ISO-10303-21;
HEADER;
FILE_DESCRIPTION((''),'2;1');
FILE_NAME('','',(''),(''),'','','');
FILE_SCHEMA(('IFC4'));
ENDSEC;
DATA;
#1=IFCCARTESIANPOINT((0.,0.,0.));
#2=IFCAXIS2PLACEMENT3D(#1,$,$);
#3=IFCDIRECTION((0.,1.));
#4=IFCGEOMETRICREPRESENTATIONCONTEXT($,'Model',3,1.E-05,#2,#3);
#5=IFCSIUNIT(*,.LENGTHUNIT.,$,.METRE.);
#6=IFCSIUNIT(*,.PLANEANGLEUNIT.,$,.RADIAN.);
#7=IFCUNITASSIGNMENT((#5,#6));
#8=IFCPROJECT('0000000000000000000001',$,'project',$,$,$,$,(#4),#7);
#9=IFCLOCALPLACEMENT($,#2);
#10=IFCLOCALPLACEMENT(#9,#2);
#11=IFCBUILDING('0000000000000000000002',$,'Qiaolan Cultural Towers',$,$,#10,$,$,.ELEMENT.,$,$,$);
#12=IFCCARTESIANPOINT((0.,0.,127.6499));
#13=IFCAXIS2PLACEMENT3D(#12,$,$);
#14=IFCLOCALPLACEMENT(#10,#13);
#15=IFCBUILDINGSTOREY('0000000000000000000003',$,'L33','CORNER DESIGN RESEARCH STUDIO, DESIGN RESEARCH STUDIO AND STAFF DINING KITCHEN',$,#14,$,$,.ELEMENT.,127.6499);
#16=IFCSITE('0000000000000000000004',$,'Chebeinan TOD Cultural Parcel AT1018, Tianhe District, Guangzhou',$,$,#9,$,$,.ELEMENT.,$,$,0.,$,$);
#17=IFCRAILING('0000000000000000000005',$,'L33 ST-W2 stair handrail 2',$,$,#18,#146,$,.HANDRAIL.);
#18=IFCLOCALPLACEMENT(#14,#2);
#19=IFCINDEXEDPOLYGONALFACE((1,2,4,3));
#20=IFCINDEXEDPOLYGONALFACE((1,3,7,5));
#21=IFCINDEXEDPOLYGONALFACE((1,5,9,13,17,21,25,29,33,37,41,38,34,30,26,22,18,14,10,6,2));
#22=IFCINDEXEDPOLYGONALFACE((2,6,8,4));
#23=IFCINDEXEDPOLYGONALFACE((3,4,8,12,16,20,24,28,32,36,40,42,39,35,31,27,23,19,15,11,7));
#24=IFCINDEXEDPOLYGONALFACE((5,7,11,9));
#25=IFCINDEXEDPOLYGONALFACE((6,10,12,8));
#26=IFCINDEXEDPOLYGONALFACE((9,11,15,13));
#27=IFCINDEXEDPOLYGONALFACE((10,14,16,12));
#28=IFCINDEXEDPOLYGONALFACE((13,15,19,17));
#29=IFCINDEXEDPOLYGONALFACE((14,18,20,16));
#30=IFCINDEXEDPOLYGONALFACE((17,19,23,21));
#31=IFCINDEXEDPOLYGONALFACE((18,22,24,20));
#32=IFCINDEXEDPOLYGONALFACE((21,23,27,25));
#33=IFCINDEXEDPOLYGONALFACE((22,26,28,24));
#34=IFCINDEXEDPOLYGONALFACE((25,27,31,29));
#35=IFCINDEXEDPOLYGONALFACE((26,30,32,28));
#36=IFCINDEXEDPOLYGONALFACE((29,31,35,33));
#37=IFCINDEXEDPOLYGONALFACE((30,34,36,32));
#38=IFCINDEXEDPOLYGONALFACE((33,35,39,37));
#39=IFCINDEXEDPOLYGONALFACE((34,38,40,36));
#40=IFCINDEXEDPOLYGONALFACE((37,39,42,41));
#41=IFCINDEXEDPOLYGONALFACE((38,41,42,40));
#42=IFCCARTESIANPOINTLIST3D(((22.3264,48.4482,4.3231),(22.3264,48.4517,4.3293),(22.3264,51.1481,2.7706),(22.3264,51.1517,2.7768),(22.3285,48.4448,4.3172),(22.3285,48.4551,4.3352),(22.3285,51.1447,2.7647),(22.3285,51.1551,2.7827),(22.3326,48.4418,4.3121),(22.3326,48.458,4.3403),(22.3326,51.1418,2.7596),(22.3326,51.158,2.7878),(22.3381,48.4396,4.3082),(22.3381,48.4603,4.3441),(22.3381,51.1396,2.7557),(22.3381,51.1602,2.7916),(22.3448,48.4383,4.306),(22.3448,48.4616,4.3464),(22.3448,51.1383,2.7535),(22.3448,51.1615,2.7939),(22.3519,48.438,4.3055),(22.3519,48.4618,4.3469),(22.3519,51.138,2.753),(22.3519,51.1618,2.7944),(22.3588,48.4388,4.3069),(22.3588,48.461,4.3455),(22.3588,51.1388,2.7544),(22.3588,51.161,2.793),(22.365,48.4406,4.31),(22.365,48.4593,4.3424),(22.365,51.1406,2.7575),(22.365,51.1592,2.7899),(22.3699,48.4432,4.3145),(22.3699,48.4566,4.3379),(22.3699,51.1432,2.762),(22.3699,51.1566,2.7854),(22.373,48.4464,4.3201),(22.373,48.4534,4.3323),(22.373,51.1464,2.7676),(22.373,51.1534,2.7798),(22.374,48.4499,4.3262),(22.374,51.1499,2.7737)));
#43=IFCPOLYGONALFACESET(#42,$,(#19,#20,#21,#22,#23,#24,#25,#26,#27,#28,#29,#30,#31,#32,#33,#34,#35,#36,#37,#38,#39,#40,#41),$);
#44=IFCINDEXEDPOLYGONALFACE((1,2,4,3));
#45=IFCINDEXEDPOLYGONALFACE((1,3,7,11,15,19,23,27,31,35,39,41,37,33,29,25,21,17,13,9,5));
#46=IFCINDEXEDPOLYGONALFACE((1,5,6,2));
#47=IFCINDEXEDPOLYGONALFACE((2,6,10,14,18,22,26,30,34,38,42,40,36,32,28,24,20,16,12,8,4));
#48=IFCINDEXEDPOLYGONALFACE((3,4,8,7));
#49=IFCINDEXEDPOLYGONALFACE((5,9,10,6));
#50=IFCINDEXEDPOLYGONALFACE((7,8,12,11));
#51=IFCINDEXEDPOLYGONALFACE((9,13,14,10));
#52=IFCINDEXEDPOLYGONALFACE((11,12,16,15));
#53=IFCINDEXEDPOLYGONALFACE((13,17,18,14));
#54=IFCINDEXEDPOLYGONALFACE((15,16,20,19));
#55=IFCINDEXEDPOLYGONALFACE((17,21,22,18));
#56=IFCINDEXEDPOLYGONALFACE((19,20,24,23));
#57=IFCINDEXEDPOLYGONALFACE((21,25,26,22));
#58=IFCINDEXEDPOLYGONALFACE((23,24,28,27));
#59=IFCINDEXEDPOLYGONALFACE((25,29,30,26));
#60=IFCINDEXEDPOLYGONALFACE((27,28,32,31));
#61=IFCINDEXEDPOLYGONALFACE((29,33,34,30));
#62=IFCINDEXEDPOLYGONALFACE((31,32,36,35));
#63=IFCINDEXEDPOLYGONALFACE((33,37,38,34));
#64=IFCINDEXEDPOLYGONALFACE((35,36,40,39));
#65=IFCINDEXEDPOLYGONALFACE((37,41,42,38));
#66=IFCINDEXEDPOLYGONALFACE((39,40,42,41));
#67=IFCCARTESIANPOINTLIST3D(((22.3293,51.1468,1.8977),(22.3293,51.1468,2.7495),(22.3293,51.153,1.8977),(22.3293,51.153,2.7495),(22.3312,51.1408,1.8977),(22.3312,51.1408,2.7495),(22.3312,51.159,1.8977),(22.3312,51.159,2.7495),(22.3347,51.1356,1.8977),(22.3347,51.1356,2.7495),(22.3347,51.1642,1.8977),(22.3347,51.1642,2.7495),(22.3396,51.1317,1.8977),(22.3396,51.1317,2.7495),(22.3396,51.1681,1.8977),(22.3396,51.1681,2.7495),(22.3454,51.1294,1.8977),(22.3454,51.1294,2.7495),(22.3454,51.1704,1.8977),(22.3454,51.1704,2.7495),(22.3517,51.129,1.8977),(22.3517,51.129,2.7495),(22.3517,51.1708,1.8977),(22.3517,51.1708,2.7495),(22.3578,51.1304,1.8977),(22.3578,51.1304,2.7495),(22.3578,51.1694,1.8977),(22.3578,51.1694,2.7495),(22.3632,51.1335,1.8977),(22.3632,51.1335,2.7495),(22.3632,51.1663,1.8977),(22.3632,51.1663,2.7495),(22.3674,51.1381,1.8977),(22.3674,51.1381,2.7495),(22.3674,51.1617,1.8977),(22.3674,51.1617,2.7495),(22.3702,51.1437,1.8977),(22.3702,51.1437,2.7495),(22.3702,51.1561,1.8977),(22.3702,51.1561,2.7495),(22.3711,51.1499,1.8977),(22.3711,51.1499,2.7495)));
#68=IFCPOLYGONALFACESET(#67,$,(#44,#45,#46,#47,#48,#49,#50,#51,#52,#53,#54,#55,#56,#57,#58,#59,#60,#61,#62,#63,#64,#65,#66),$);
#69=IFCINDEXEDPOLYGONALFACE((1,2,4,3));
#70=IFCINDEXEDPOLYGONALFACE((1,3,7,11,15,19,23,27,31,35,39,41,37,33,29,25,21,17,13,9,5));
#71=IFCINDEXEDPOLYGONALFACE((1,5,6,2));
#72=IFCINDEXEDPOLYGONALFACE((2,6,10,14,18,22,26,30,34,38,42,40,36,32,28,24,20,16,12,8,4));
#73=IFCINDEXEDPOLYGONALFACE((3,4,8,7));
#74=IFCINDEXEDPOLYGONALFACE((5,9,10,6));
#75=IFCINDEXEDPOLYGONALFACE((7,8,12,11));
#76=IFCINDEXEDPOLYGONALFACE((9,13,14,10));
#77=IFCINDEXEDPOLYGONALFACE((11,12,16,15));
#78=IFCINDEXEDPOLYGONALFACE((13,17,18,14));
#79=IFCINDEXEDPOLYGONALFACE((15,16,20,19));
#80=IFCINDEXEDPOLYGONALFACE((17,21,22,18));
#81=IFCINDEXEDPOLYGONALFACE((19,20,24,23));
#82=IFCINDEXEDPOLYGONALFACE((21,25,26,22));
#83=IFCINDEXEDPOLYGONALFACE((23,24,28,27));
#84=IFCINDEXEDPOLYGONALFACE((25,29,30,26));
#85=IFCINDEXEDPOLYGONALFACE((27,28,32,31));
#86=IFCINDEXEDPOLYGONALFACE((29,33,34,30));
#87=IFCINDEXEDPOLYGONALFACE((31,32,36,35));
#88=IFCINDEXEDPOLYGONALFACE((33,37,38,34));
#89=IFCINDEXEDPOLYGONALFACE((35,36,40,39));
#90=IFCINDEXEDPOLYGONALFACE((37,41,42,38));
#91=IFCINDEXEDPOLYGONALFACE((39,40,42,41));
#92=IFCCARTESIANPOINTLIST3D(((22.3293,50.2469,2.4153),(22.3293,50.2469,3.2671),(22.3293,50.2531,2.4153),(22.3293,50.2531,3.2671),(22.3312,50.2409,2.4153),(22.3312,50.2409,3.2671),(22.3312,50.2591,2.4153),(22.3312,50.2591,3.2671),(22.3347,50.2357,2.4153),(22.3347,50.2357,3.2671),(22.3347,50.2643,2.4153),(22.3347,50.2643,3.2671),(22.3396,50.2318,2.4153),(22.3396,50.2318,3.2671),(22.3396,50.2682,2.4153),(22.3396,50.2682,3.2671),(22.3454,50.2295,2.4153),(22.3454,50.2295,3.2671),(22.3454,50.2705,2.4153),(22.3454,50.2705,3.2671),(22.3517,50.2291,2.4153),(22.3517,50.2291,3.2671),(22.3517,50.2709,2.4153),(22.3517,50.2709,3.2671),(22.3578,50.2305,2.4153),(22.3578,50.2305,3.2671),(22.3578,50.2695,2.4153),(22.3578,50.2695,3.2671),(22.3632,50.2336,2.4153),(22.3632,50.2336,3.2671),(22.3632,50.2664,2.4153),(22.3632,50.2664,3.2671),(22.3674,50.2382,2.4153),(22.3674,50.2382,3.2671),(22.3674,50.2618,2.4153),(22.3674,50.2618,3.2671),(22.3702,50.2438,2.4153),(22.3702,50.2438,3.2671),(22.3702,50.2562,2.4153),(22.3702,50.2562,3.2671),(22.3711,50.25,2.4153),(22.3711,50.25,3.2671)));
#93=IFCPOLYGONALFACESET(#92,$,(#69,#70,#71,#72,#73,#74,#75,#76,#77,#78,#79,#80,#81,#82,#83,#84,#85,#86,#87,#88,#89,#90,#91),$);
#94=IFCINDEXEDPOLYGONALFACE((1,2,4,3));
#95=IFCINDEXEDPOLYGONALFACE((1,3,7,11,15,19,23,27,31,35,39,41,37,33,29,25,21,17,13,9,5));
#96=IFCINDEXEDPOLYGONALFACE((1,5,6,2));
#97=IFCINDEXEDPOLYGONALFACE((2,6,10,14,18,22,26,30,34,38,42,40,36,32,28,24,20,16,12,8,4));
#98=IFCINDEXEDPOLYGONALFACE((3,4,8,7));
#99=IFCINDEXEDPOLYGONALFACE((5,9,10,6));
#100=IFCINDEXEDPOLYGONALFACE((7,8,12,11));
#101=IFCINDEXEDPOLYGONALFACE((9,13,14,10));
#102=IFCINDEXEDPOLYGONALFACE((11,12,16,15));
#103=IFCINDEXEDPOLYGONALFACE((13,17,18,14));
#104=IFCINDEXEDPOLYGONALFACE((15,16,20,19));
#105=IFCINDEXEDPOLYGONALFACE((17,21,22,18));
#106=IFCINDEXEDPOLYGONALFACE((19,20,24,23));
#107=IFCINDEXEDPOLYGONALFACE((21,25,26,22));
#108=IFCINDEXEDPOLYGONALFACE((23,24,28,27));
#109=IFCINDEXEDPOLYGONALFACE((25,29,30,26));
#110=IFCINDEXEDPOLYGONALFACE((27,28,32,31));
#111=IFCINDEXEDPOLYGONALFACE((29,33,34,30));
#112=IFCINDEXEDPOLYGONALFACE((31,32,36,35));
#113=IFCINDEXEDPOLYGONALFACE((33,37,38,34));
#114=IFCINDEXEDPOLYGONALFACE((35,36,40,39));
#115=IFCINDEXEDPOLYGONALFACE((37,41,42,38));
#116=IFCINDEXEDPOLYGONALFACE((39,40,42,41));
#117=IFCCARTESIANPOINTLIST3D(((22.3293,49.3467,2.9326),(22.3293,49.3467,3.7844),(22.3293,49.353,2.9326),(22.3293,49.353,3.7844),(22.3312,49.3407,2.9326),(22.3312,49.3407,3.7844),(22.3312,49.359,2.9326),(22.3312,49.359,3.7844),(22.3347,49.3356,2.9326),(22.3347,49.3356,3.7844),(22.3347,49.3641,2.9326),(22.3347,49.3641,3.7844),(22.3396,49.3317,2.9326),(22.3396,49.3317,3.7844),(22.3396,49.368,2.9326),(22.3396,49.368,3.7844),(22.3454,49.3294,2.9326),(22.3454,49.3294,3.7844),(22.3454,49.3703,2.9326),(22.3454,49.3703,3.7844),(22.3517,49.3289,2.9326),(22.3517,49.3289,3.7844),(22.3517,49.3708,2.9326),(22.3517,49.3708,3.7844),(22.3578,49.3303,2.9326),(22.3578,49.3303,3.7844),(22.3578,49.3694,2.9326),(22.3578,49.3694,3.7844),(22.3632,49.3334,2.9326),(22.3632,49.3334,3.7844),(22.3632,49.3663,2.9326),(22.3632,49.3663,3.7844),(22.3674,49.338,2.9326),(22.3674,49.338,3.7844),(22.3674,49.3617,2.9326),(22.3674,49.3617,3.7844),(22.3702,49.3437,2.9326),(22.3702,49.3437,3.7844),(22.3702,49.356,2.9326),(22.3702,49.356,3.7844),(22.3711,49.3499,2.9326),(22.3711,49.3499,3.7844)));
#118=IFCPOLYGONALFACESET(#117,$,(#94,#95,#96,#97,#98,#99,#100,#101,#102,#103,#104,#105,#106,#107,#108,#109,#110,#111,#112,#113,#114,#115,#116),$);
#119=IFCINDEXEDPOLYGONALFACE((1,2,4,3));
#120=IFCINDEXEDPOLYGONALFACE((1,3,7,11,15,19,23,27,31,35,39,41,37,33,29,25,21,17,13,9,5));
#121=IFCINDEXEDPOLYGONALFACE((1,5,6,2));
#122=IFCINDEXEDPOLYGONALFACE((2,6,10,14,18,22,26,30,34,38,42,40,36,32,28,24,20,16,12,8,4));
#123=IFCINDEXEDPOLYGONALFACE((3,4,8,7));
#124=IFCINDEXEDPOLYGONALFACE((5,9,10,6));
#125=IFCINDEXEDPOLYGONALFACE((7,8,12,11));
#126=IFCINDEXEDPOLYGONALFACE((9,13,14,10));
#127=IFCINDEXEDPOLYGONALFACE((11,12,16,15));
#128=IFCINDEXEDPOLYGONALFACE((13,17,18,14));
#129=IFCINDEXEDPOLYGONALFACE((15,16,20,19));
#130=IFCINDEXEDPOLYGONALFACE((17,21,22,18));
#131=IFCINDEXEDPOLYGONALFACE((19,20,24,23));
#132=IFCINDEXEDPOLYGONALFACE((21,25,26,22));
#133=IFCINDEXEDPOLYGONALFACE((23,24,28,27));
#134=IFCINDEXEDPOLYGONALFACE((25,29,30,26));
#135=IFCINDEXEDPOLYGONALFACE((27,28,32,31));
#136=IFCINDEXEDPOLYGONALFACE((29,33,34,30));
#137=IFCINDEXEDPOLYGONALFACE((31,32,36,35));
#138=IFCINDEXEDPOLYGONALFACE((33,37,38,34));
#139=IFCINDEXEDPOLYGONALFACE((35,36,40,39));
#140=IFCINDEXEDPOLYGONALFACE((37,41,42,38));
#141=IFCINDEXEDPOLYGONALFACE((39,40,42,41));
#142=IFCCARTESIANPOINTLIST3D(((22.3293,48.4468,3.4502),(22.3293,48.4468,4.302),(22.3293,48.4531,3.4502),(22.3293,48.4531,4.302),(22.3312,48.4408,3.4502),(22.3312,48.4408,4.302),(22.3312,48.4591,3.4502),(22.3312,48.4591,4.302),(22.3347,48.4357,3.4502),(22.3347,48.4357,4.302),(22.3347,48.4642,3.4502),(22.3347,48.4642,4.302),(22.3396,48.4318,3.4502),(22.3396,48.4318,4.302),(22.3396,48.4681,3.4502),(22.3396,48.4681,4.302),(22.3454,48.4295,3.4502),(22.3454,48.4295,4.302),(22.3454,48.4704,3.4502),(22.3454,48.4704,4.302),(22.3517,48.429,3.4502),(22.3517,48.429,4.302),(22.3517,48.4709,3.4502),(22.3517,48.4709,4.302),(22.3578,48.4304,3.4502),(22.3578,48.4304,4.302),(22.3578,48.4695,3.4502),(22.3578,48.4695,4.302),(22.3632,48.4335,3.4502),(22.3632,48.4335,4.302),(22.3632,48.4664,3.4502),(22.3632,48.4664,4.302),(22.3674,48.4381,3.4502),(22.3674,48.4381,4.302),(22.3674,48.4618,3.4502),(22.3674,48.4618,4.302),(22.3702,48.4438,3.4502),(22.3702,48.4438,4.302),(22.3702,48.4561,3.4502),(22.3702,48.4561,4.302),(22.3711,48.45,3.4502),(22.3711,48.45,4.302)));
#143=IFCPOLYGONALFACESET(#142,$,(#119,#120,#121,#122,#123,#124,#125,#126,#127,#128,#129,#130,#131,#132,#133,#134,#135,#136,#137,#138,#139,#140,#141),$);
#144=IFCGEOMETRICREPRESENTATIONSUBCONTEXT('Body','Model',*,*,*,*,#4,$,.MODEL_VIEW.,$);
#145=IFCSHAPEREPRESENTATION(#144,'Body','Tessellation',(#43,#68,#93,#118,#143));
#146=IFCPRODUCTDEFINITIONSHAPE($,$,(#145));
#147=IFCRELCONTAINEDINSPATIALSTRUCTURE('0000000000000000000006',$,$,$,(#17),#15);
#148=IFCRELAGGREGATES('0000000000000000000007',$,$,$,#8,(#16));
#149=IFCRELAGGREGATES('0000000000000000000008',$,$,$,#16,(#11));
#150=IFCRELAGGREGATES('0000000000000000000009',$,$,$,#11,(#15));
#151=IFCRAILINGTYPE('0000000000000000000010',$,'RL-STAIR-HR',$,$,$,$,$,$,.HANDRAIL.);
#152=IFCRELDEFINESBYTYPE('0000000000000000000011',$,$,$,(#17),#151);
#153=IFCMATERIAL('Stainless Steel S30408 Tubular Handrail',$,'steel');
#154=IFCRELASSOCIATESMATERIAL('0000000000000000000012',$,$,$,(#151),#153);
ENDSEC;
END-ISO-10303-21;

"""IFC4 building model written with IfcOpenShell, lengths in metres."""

from ifc_helpers import new_model, si_unit, direction, frame, origin, origin_2d, place, context, subcontext, project, spatial, circle, extrude, material, type_object, element, save


model = new_model("IFC4")

# Units and contexts
model_context = context("Model", 3, precision=1e-05, world=origin(), true_north=direction((0.0, 1.0)))
body_context = subcontext(model_context, "Body", "Model", "MODEL_VIEW")
ifc_project = project(units=[si_unit("LENGTHUNIT", "METRE"), si_unit("PLANEANGLEUNIT", "RADIAN")], contexts=[model_context])

# Site, building, storey
site_placement = place(None, origin())
site = spatial("IfcSite", under=ifc_project, at=site_placement, Name="Chebeinan TOD Cultural Parcel AT1018, Tianhe District, Guangzhou", CompositionType="ELEMENT", RefElevation=0.0)
building_placement = place(site_placement, origin())
building = spatial("IfcBuilding", under=site, at=building_placement, Name="Qiaolan Cultural Towers", CompositionType="ELEMENT")
storey_placement = place(building_placement, frame((0.0, 0.0, 127.6499)))
storey = spatial("IfcBuildingStorey", under=building, at=storey_placement, Name="L33", Description="CORNER DESIGN RESEARCH STUDIO, DESIGN RESEARCH STUDIO AND STAFF DINING KITCHEN", CompositionType="ELEMENT", Elevation=127.6499)

# Railing
ifc_material_1 = material(Name="Stainless Steel S30408 Tubular Handrail", Category="steel")
railing_type_1 = type_object("IfcRailingType", Name="RL-STAIR-HR", PredefinedType="HANDRAIL", material=ifc_material_1)
railing_1_placement = place(storey_placement, frame((22.3501, 51.1499, 1.8977)))
element("IfcRailing", 1, at=railing_1_placement, inside=storey, type_object=railing_type_1, Name="L33 ST-W2 stair handrail 2", PredefinedType="HANDRAIL", context=body_context, shape_type="SweptSolid", body=[
    extrude(circle(Radius=0.0239, at=origin_2d()), frame((0.0, 0.0, 0.876), z_axis=(0.0, -0.866904, 0.498476), x_axis=(1.0, 0.0, 0.0)), (0.0, 0.0, 1.0), 3.1145),
    extrude(circle(Radius=0.021, at=origin_2d()), origin(), (0.0, 0.0, 1.0), 0.8518),
    extrude(circle(Radius=0.021, at=origin_2d()), frame((0.0, -0.8999, 0.5176)), (0.0, 0.0, 1.0), 0.8518),
    extrude(circle(Radius=0.021, at=origin_2d()), frame((0.0, -1.8, 1.0349)), (0.0, 0.0, 1.0), 0.8518),
    extrude(circle(Radius=0.021, at=origin_2d()), frame((0.0, -2.7, 1.5525)), (0.0, 0.0, 1.0), 0.8518),
])

save(model, "model.ifc")
